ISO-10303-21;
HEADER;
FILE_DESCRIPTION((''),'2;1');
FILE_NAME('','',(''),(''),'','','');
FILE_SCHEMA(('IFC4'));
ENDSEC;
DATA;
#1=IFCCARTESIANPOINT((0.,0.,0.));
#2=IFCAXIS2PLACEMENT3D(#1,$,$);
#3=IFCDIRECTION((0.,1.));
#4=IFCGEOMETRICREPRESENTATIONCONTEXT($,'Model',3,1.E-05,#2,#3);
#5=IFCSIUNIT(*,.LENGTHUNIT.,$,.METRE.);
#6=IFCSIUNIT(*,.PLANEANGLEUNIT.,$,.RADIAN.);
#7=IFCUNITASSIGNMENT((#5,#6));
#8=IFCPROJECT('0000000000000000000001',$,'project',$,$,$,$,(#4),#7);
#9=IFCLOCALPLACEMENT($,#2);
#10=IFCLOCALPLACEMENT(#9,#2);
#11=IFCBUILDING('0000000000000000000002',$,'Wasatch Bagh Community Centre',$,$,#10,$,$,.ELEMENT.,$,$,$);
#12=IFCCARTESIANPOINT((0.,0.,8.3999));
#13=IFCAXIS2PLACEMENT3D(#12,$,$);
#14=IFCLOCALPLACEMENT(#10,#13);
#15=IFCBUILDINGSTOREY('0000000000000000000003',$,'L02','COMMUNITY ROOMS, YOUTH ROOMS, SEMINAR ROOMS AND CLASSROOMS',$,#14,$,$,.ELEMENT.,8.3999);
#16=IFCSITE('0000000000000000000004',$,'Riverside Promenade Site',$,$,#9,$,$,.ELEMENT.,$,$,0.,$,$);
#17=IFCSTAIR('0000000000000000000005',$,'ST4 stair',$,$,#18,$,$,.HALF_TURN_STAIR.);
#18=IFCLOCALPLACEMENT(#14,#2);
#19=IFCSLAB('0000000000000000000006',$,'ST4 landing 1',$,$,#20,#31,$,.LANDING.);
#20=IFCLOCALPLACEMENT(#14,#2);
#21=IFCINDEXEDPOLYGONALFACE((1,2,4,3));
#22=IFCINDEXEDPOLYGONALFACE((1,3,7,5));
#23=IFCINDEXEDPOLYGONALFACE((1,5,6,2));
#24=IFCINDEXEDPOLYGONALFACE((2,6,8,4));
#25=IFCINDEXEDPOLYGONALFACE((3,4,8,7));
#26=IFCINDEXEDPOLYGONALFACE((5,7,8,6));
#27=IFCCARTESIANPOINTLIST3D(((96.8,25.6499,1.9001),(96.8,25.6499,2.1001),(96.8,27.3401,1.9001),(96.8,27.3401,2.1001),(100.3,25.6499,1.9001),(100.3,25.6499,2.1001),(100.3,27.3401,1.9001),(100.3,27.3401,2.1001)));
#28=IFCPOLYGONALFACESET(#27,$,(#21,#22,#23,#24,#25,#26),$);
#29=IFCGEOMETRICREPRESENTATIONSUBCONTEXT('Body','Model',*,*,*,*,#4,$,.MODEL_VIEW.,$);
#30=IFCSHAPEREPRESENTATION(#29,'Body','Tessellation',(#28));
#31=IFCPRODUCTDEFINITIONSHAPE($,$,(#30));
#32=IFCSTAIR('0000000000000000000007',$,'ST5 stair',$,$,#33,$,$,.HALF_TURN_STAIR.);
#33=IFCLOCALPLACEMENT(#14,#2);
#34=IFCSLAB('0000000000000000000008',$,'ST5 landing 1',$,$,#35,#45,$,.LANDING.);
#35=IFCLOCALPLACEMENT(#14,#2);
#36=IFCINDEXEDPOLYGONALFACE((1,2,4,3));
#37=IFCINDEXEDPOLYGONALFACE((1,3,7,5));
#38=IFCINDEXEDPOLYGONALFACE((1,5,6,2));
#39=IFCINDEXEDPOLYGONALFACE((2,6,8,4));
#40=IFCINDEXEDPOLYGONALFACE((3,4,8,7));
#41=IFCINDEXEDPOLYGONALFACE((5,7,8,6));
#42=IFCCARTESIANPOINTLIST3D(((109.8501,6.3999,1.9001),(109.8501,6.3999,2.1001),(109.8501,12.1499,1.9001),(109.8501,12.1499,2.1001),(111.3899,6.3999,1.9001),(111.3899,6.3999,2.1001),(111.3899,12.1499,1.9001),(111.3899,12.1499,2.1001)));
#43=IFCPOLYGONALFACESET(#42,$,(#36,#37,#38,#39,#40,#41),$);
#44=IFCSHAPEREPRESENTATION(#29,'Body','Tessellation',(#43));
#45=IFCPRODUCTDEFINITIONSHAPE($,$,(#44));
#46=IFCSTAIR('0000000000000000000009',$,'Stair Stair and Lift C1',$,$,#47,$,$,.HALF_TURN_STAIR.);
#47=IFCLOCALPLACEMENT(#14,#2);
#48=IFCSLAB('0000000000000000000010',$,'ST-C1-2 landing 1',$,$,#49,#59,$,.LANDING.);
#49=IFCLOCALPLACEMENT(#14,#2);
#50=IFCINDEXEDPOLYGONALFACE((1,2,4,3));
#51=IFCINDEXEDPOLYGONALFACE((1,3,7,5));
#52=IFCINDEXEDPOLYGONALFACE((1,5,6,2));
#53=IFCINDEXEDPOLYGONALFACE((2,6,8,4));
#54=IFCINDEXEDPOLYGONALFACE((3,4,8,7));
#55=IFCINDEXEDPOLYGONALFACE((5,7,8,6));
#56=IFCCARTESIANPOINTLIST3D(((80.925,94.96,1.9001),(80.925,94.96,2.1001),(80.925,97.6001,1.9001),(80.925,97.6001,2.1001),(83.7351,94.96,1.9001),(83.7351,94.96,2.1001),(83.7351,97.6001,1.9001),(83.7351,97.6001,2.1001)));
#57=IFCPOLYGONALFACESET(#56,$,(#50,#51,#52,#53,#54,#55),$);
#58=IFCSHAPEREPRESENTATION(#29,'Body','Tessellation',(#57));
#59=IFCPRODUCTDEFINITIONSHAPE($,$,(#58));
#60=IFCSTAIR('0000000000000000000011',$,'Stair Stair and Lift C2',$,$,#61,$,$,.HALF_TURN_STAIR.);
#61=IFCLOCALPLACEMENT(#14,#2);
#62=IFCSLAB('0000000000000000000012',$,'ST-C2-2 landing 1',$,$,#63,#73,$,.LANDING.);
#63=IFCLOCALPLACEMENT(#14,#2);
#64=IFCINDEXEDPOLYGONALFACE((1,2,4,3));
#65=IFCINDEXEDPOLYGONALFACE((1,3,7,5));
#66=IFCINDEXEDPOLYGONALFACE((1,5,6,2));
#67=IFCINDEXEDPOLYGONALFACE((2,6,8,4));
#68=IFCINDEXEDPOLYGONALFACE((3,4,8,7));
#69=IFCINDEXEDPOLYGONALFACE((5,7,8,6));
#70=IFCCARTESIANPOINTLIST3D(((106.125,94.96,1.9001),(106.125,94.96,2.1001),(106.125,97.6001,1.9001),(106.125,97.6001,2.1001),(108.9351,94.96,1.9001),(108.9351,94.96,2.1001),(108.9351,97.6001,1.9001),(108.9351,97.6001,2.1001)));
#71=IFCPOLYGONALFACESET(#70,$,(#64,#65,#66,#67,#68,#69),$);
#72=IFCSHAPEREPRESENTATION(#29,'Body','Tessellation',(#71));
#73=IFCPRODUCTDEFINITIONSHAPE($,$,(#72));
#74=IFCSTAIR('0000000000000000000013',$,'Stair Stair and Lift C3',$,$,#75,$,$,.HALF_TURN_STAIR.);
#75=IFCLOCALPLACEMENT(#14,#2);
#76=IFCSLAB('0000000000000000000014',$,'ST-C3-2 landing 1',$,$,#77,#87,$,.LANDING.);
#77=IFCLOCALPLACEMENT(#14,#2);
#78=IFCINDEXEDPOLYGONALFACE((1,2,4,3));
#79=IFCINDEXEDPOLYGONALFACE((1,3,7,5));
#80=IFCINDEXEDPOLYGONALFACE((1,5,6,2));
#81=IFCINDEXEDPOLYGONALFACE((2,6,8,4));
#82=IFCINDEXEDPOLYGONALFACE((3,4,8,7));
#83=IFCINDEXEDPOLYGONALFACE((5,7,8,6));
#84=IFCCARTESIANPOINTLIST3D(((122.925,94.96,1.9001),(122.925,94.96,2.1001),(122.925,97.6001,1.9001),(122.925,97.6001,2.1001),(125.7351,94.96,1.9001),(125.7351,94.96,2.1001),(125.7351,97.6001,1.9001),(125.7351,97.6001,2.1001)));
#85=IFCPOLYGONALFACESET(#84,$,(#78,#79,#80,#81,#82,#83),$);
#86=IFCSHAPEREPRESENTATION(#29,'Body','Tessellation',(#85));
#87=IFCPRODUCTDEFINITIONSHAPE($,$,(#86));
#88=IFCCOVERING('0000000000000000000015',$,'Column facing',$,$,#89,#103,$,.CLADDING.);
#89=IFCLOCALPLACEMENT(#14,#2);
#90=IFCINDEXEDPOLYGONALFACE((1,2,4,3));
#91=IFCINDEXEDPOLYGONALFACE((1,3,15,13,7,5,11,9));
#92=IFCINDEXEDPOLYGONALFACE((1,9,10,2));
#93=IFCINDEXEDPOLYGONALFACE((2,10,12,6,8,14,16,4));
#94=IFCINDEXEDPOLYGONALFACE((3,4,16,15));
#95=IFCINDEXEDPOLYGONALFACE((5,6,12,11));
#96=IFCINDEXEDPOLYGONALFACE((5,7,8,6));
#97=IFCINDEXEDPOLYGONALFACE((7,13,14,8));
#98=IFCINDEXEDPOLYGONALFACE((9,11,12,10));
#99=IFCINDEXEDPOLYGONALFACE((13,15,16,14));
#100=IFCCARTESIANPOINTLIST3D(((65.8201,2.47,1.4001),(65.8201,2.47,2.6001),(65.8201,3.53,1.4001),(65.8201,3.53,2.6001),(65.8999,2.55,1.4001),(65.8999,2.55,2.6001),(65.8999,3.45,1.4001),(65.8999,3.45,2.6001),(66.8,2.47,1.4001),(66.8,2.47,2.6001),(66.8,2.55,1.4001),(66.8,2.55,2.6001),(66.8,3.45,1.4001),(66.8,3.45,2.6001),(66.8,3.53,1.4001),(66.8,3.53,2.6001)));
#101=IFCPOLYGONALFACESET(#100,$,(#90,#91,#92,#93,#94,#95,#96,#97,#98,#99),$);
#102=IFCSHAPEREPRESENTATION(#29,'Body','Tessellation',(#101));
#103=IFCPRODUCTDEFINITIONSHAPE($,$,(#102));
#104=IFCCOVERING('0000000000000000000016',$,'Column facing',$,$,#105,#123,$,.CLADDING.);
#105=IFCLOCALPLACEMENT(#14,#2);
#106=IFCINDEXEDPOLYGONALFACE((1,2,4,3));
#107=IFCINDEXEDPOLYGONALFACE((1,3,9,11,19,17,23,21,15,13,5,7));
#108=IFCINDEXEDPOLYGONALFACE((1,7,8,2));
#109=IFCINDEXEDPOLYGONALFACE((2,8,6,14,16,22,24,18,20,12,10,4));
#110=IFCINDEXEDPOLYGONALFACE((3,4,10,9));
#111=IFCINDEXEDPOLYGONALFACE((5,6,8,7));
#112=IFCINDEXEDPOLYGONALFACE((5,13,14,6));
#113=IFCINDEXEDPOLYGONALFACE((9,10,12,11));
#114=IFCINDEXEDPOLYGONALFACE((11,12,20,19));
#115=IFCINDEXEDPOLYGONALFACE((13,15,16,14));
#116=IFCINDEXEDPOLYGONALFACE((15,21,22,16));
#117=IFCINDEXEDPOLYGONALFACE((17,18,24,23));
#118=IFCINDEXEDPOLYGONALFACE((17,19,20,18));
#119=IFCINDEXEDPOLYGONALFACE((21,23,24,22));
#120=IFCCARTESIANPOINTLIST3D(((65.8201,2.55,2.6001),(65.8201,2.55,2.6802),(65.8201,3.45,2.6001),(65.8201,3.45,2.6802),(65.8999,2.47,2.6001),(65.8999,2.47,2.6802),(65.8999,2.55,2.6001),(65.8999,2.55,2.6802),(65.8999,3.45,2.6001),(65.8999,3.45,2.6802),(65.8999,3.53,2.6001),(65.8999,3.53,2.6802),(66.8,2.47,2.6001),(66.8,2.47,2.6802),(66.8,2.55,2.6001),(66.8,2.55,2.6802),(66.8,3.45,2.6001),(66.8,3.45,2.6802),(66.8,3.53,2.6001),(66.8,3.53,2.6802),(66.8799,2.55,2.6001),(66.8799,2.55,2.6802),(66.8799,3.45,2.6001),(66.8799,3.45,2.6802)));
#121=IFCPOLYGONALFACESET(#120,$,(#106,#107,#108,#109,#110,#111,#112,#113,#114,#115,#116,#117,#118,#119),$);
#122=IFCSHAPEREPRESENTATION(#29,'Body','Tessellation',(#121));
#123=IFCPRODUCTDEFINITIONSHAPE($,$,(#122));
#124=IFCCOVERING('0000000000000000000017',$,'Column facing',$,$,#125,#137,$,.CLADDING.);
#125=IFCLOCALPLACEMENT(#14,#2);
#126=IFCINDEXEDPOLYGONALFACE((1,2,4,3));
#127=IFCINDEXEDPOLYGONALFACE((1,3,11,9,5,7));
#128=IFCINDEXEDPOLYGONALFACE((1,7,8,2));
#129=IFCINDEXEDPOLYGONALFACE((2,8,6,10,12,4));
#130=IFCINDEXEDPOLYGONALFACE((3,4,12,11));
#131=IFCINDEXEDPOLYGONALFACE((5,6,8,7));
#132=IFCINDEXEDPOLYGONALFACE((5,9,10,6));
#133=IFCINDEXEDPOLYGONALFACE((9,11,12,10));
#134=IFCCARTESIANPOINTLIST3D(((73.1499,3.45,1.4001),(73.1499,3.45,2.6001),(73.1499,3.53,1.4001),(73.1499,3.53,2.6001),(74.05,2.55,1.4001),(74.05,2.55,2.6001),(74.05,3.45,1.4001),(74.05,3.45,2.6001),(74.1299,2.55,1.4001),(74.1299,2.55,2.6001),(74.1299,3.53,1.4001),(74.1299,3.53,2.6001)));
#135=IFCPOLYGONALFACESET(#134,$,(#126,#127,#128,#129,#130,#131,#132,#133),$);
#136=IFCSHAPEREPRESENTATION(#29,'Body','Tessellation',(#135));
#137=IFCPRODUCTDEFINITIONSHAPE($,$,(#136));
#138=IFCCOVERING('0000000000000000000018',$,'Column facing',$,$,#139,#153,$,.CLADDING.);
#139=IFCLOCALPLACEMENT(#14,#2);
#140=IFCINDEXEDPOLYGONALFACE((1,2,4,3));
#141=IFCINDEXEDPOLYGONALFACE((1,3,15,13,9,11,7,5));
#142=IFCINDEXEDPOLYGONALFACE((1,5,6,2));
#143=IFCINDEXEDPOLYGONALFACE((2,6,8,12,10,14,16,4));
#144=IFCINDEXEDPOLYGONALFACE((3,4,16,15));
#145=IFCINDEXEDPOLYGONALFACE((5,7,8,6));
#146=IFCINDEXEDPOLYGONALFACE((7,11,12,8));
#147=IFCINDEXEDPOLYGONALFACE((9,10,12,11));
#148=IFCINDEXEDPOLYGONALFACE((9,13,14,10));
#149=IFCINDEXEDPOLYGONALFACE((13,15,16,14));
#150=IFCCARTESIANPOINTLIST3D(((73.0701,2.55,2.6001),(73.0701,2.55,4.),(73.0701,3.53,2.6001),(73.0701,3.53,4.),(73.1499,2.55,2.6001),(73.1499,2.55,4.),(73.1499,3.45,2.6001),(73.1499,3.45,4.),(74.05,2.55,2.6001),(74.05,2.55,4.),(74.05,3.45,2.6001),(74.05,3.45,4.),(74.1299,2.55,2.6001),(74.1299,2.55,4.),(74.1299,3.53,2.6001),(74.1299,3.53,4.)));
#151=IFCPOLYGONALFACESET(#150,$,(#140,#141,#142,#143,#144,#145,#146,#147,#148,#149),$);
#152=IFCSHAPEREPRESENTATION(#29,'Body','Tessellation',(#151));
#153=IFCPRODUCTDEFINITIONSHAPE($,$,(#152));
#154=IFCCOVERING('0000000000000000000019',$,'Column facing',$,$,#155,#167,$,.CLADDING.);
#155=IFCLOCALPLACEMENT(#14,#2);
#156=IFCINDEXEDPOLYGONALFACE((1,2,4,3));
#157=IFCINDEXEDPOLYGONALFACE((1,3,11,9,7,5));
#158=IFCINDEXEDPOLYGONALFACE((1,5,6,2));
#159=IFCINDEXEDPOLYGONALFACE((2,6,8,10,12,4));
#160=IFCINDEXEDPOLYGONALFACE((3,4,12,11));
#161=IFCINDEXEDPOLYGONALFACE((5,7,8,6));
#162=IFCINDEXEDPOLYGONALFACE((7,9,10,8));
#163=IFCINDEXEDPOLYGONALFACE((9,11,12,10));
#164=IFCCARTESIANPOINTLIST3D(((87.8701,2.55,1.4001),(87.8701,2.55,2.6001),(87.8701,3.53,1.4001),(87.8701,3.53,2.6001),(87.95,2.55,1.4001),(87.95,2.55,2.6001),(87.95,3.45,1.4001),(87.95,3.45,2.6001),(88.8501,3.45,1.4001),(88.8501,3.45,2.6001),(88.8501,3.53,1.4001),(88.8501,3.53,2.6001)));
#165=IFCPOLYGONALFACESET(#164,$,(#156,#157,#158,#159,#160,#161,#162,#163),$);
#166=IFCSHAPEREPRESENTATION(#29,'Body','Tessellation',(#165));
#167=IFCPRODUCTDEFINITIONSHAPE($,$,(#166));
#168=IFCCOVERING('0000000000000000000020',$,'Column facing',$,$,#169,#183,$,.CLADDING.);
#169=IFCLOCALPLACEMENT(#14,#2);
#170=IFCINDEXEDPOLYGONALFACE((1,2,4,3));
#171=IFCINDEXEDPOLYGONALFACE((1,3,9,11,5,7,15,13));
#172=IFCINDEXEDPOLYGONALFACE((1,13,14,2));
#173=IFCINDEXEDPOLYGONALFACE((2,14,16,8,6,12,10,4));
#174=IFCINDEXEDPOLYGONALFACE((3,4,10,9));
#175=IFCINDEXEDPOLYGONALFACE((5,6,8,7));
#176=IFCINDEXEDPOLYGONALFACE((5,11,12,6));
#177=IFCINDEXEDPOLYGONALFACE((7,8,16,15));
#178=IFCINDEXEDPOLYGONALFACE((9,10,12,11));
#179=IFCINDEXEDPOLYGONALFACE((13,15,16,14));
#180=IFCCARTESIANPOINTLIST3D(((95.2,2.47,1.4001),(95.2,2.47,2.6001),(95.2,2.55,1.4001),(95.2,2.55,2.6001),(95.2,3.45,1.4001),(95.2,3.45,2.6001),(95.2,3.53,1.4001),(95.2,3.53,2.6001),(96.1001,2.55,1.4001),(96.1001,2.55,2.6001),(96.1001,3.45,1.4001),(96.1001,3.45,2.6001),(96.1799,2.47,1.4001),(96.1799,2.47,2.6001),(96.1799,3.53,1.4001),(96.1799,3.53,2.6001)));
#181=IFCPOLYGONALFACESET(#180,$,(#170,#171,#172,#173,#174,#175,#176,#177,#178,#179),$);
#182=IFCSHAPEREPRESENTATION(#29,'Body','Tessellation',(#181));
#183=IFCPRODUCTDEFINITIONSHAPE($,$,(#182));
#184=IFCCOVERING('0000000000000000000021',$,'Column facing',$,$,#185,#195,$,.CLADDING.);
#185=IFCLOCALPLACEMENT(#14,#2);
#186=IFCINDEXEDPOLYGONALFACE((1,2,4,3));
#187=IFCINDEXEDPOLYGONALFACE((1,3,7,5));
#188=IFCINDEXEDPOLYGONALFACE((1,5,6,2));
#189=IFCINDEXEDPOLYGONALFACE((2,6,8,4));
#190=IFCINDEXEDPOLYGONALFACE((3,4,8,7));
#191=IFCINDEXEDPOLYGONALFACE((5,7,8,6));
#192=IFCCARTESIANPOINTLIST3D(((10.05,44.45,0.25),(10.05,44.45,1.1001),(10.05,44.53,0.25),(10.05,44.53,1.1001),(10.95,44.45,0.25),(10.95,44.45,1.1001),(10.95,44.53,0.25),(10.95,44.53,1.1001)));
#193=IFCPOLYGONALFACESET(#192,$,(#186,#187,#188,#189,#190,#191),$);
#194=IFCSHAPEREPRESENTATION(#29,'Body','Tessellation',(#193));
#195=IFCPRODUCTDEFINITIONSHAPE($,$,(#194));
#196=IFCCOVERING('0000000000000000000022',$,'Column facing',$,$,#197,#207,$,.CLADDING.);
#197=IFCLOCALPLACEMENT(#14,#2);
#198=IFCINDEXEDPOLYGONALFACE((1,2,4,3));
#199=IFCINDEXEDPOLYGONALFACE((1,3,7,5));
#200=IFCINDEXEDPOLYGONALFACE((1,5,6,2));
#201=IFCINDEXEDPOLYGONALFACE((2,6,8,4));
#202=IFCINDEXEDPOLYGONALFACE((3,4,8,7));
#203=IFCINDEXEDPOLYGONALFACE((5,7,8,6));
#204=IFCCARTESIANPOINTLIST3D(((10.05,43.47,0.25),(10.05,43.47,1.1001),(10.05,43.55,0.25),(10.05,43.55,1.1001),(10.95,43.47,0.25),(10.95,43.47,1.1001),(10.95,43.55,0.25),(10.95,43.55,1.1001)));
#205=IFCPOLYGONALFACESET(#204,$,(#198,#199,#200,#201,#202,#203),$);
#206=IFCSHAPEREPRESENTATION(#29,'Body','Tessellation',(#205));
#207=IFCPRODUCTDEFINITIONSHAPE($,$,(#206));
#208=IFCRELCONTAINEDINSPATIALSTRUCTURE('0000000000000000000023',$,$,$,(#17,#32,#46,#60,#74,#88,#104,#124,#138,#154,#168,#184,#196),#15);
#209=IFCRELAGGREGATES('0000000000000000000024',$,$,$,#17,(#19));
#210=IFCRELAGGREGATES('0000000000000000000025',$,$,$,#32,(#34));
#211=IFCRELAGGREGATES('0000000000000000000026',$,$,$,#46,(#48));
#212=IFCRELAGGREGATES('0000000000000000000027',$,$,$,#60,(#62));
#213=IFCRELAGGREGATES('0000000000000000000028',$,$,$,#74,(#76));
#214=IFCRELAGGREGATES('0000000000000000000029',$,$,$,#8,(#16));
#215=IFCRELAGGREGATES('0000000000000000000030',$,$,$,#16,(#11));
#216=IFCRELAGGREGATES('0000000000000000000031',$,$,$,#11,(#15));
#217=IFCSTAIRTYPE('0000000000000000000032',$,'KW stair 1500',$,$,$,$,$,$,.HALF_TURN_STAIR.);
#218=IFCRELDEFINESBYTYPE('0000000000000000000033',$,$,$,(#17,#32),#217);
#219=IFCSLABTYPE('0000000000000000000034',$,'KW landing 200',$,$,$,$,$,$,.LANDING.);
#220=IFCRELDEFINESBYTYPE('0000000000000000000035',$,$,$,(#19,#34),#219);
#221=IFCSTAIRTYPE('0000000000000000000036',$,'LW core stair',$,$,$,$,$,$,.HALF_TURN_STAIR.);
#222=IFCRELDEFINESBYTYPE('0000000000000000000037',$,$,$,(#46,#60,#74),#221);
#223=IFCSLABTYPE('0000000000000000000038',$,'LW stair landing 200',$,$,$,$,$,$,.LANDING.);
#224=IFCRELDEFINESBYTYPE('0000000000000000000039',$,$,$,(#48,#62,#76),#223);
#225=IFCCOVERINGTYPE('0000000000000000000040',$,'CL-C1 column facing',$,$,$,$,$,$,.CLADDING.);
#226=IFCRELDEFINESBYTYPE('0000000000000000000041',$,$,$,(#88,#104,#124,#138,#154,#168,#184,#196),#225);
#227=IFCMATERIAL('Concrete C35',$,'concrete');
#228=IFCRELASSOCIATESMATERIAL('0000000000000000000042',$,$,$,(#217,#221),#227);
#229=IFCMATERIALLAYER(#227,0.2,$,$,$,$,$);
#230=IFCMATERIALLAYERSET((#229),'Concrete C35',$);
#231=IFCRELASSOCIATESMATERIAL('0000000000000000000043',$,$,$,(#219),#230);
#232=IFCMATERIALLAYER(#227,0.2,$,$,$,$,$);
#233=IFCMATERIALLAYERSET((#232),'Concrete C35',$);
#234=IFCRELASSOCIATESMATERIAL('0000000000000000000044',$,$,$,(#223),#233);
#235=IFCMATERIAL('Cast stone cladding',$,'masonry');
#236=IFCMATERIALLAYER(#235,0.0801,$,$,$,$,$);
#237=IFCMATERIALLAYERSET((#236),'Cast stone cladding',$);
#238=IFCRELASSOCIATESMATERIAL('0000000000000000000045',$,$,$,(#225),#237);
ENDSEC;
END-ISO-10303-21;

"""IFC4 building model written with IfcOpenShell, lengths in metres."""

from ifc_helpers import new_model, si_unit, direction, frame, origin, place, context, subcontext, project, spatial, polyline, outline, extrude, material, layer, layer_set, type_object, element, aggregate, save


model = new_model("IFC4")

# Units and contexts
model_context = context("Model", 3, precision=1e-05, world=origin(), true_north=direction((0.0, 1.0)))
body_context = subcontext(model_context, "Body", "Model", "MODEL_VIEW")
ifc_project = project(units=[si_unit("LENGTHUNIT", "METRE"), si_unit("PLANEANGLEUNIT", "RADIAN")], contexts=[model_context])

# Site, building, storey
site_placement = place(None, origin())
site = spatial("IfcSite", under=ifc_project, at=site_placement, Name="Riverside Promenade Site", CompositionType="ELEMENT", RefElevation=0.0)
building_placement = place(site_placement, origin())
building = spatial("IfcBuilding", under=site, at=building_placement, Name="Wasatch Bagh Community Centre", CompositionType="ELEMENT")
storey_placement = place(building_placement, frame((0.0, 0.0, 8.3999)))
storey = spatial("IfcBuildingStorey", under=building, at=storey_placement, Name="L02", Description="COMMUNITY ROOMS, YOUTH ROOMS, SEMINAR ROOMS AND CLASSROOMS", CompositionType="ELEMENT", Elevation=8.3999)

# Stairs, slabs
ifc_material_1 = material(Name="Concrete C35", Category="concrete")
stair_type_1 = type_object("IfcStairType", Name="KW stair 1500", PredefinedType="HALF_TURN_STAIR", material=ifc_material_1)
stair_1_placement = place(storey_placement, origin())
stair_1 = element("IfcStair", 1, at=stair_1_placement, inside=storey, type_object=stair_type_1, Name="ST4 stair", PredefinedType="HALF_TURN_STAIR")
ifc_layer_1 = layer(ifc_material_1, 0.2)
ifc_layer_set_1 = layer_set([ifc_layer_1], Name="Concrete C35")
slab_type_1 = type_object("IfcSlabType", Name="KW landing 200", PredefinedType="LANDING", material=ifc_layer_set_1)
slab_1_placement = place(storey_placement, frame((0.0, 0.0, 1.9001)))
slab_1 = element("IfcSlab", 2, at=slab_1_placement, type_object=slab_type_1, Name="ST4 landing 1", PredefinedType="LANDING", context=body_context, shape_type="SweptSolid", body=[
    extrude(outline(polyline([(96.8, 27.3401), (96.8, 25.6499), (100.3, 25.6499), (100.3, 27.3401), (96.8, 27.3401)])), origin(), (0.0, 0.0, 1.0), 0.2),
])
aggregate(stair_1, [slab_1])
stair_2_placement = place(storey_placement, origin())
stair_2 = element("IfcStair", 3, at=stair_2_placement, inside=storey, type_object=stair_type_1, Name="ST5 stair", PredefinedType="HALF_TURN_STAIR")
slab_2_placement = place(storey_placement, frame((0.0, 0.0, 1.9001)))
slab_2 = element("IfcSlab", 4, at=slab_2_placement, type_object=slab_type_1, Name="ST5 landing 1", PredefinedType="LANDING", context=body_context, shape_type="SweptSolid", body=[
    extrude(outline(polyline([(111.3899, 6.3999), (109.8501, 6.3999), (109.8501, 12.1499), (111.3899, 12.1499), (111.3899, 6.3999)])), origin(), (0.0, 0.0, 1.0), 0.2),
])
aggregate(stair_2, [slab_2])
stair_type_2 = type_object("IfcStairType", Name="LW core stair", PredefinedType="HALF_TURN_STAIR", material=ifc_material_1)
stair_3_placement = place(storey_placement, origin())
stair_3 = element("IfcStair", 5, at=stair_3_placement, inside=storey, type_object=stair_type_2, Name="Stair Stair and Lift C1", PredefinedType="HALF_TURN_STAIR")
ifc_layer_2 = layer(ifc_material_1, 0.2)
ifc_layer_set_2 = layer_set([ifc_layer_2], Name="Concrete C35")
slab_type_2 = type_object("IfcSlabType", Name="LW stair landing 200", PredefinedType="LANDING", material=ifc_layer_set_2)
slab_3_placement = place(storey_placement, frame((0.0, 0.0, 1.9001)))
slab_3 = element("IfcSlab", 6, at=slab_3_placement, type_object=slab_type_2, Name="ST-C1-2 landing 1", PredefinedType="LANDING", context=body_context, shape_type="SweptSolid", body=[
    extrude(outline(polyline([(80.925, 94.96), (83.7351, 94.96), (83.7351, 97.6001), (80.925, 97.6001), (80.925, 94.96)])), origin(), (0.0, 0.0, 1.0), 0.2),
])
aggregate(stair_3, [slab_3])
stair_4_placement = place(storey_placement, origin())
stair_4 = element("IfcStair", 7, at=stair_4_placement, inside=storey, type_object=stair_type_2, Name="Stair Stair and Lift C2", PredefinedType="HALF_TURN_STAIR")
slab_4_placement = place(storey_placement, frame((0.0, 0.0, 1.9001)))
slab_4 = element("IfcSlab", 8, at=slab_4_placement, type_object=slab_type_2, Name="ST-C2-2 landing 1", PredefinedType="LANDING", context=body_context, shape_type="SweptSolid", body=[
    extrude(outline(polyline([(106.125, 94.96), (108.9351, 94.96), (108.9351, 97.6001), (106.125, 97.6001), (106.125, 94.96)])), origin(), (0.0, 0.0, 1.0), 0.2),
])
aggregate(stair_4, [slab_4])
stair_5_placement = place(storey_placement, origin())
stair_5 = element("IfcStair", 9, at=stair_5_placement, inside=storey, type_object=stair_type_2, Name="Stair Stair and Lift C3", PredefinedType="HALF_TURN_STAIR")
slab_5_placement = place(storey_placement, frame((0.0, 0.0, 1.9001)))
slab_5 = element("IfcSlab", 10, at=slab_5_placement, type_object=slab_type_2, Name="ST-C3-2 landing 1", PredefinedType="LANDING", context=body_context, shape_type="SweptSolid", body=[
    extrude(outline(polyline([(122.925, 94.96), (125.7351, 94.96), (125.7351, 97.6001), (122.925, 97.6001), (122.925, 94.96)])), origin(), (0.0, 0.0, 1.0), 0.2),
])
aggregate(stair_5, [slab_5])

# Coverings
ifc_material_2 = material(Name="Cast stone cladding", Category="masonry")
ifc_layer_3 = layer(ifc_material_2, 0.0801)
ifc_layer_set_3 = layer_set([ifc_layer_3], Name="Cast stone cladding")
covering_type = type_object("IfcCoveringType", Name="CL-C1 column facing", PredefinedType="CLADDING", material=ifc_layer_set_3)
covering_1_placement = place(storey_placement, frame((0.0, 0.0, 1.4001)))
element("IfcCovering", 11, at=covering_1_placement, inside=storey, type_object=covering_type, Name="Column facing", PredefinedType="CLADDING", context=body_context, shape_type="SweptSolid", body=[
    extrude(outline(polyline([(65.8201, 2.47), (65.8201, 3.53), (66.8, 3.53), (66.8, 3.45), (65.8999, 3.45), (65.8999, 2.55), (66.8, 2.55), (66.8, 2.47), (65.8201, 2.47)])), origin(), (0.0, 0.0, 1.0), 1.2),
])
covering_2_placement = place(storey_placement, frame((0.0, 0.0, 2.6001)))
element("IfcCovering", 12, at=covering_2_placement, inside=storey, type_object=covering_type, Name="Column facing", PredefinedType="CLADDING", context=body_context, shape_type="SweptSolid", body=[
    extrude(outline(polyline([(66.8, 2.47), (65.8999, 2.47), (65.8999, 2.55), (65.8201, 2.55), (65.8201, 3.45), (65.8999, 3.45), (65.8999, 3.53), (66.8, 3.53), (66.8, 3.45), (66.8799, 3.45), (66.8799, 2.55), (66.8, 2.55), (66.8, 2.47)])), origin(), (0.0, 0.0, 1.0), 0.0801),
])
covering_3_placement = place(storey_placement, frame((0.0, 0.0, 1.4001)))
element("IfcCovering", 13, at=covering_3_placement, inside=storey, type_object=covering_type, Name="Column facing", PredefinedType="CLADDING", context=body_context, shape_type="SweptSolid", body=[
    extrude(outline(polyline([(74.05, 3.45), (73.1499, 3.45), (73.1499, 3.53), (74.1299, 3.53), (74.1299, 2.55), (74.05, 2.55), (74.05, 3.45)])), origin(), (0.0, 0.0, 1.0), 1.2),
])
covering_4_placement = place(storey_placement, frame((0.0, 0.0, 2.6001)))
element("IfcCovering", 14, at=covering_4_placement, inside=storey, type_object=covering_type, Name="Column facing", PredefinedType="CLADDING", context=body_context, shape_type="SweptSolid", body=[
    extrude(outline(polyline([(73.0701, 2.55), (73.0701, 3.53), (74.1299, 3.53), (74.1299, 2.55), (74.05, 2.55), (74.05, 3.45), (73.1499, 3.45), (73.1499, 2.55), (73.0701, 2.55)])), origin(), (0.0, 0.0, 1.0), 1.3999),
])
covering_5_placement = place(storey_placement, frame((0.0, 0.0, 1.4001)))
element("IfcCovering", 15, at=covering_5_placement, inside=storey, type_object=covering_type, Name="Column facing", PredefinedType="CLADDING", context=body_context, shape_type="SweptSolid", body=[
    extrude(outline(polyline([(87.95, 2.55), (87.8701, 2.55), (87.8701, 3.53), (88.8501, 3.53), (88.8501, 3.45), (87.95, 3.45), (87.95, 2.55)])), origin(), (0.0, 0.0, 1.0), 1.2),
])
covering_6_placement = place(storey_placement, frame((0.0, 0.0, 1.4001)))
element("IfcCovering", 16, at=covering_6_placement, inside=storey, type_object=covering_type, Name="Column facing", PredefinedType="CLADDING", context=body_context, shape_type="SweptSolid", body=[
    extrude(outline(polyline([(96.1799, 2.47), (95.2, 2.47), (95.2, 2.55), (96.1001, 2.55), (96.1001, 3.45), (95.2, 3.45), (95.2, 3.53), (96.1799, 3.53), (96.1799, 2.47)])), origin(), (0.0, 0.0, 1.0), 1.2),
])
covering_7_placement = place(storey_placement, frame((0.0, 0.0, 0.25)))
element("IfcCovering", 17, at=covering_7_placement, inside=storey, type_object=covering_type, Name="Column facing", PredefinedType="CLADDING", context=body_context, shape_type="SweptSolid", body=[
    extrude(outline(polyline([(10.05, 44.45), (10.05, 44.53), (10.95, 44.53), (10.95, 44.45), (10.05, 44.45)])), origin(), (0.0, 0.0, 1.0), 0.8501),
])
covering_8_placement = place(storey_placement, frame((0.0, 0.0, 0.25)))
element("IfcCovering", 18, at=covering_8_placement, inside=storey, type_object=covering_type, Name="Column facing", PredefinedType="CLADDING", context=body_context, shape_type="SweptSolid", body=[
    extrude(outline(polyline([(10.95, 43.55), (10.95, 43.47), (10.05, 43.47), (10.05, 43.55), (10.95, 43.55)])), origin(), (0.0, 0.0, 1.0), 0.8501),
])

save(model, "model.ifc")
